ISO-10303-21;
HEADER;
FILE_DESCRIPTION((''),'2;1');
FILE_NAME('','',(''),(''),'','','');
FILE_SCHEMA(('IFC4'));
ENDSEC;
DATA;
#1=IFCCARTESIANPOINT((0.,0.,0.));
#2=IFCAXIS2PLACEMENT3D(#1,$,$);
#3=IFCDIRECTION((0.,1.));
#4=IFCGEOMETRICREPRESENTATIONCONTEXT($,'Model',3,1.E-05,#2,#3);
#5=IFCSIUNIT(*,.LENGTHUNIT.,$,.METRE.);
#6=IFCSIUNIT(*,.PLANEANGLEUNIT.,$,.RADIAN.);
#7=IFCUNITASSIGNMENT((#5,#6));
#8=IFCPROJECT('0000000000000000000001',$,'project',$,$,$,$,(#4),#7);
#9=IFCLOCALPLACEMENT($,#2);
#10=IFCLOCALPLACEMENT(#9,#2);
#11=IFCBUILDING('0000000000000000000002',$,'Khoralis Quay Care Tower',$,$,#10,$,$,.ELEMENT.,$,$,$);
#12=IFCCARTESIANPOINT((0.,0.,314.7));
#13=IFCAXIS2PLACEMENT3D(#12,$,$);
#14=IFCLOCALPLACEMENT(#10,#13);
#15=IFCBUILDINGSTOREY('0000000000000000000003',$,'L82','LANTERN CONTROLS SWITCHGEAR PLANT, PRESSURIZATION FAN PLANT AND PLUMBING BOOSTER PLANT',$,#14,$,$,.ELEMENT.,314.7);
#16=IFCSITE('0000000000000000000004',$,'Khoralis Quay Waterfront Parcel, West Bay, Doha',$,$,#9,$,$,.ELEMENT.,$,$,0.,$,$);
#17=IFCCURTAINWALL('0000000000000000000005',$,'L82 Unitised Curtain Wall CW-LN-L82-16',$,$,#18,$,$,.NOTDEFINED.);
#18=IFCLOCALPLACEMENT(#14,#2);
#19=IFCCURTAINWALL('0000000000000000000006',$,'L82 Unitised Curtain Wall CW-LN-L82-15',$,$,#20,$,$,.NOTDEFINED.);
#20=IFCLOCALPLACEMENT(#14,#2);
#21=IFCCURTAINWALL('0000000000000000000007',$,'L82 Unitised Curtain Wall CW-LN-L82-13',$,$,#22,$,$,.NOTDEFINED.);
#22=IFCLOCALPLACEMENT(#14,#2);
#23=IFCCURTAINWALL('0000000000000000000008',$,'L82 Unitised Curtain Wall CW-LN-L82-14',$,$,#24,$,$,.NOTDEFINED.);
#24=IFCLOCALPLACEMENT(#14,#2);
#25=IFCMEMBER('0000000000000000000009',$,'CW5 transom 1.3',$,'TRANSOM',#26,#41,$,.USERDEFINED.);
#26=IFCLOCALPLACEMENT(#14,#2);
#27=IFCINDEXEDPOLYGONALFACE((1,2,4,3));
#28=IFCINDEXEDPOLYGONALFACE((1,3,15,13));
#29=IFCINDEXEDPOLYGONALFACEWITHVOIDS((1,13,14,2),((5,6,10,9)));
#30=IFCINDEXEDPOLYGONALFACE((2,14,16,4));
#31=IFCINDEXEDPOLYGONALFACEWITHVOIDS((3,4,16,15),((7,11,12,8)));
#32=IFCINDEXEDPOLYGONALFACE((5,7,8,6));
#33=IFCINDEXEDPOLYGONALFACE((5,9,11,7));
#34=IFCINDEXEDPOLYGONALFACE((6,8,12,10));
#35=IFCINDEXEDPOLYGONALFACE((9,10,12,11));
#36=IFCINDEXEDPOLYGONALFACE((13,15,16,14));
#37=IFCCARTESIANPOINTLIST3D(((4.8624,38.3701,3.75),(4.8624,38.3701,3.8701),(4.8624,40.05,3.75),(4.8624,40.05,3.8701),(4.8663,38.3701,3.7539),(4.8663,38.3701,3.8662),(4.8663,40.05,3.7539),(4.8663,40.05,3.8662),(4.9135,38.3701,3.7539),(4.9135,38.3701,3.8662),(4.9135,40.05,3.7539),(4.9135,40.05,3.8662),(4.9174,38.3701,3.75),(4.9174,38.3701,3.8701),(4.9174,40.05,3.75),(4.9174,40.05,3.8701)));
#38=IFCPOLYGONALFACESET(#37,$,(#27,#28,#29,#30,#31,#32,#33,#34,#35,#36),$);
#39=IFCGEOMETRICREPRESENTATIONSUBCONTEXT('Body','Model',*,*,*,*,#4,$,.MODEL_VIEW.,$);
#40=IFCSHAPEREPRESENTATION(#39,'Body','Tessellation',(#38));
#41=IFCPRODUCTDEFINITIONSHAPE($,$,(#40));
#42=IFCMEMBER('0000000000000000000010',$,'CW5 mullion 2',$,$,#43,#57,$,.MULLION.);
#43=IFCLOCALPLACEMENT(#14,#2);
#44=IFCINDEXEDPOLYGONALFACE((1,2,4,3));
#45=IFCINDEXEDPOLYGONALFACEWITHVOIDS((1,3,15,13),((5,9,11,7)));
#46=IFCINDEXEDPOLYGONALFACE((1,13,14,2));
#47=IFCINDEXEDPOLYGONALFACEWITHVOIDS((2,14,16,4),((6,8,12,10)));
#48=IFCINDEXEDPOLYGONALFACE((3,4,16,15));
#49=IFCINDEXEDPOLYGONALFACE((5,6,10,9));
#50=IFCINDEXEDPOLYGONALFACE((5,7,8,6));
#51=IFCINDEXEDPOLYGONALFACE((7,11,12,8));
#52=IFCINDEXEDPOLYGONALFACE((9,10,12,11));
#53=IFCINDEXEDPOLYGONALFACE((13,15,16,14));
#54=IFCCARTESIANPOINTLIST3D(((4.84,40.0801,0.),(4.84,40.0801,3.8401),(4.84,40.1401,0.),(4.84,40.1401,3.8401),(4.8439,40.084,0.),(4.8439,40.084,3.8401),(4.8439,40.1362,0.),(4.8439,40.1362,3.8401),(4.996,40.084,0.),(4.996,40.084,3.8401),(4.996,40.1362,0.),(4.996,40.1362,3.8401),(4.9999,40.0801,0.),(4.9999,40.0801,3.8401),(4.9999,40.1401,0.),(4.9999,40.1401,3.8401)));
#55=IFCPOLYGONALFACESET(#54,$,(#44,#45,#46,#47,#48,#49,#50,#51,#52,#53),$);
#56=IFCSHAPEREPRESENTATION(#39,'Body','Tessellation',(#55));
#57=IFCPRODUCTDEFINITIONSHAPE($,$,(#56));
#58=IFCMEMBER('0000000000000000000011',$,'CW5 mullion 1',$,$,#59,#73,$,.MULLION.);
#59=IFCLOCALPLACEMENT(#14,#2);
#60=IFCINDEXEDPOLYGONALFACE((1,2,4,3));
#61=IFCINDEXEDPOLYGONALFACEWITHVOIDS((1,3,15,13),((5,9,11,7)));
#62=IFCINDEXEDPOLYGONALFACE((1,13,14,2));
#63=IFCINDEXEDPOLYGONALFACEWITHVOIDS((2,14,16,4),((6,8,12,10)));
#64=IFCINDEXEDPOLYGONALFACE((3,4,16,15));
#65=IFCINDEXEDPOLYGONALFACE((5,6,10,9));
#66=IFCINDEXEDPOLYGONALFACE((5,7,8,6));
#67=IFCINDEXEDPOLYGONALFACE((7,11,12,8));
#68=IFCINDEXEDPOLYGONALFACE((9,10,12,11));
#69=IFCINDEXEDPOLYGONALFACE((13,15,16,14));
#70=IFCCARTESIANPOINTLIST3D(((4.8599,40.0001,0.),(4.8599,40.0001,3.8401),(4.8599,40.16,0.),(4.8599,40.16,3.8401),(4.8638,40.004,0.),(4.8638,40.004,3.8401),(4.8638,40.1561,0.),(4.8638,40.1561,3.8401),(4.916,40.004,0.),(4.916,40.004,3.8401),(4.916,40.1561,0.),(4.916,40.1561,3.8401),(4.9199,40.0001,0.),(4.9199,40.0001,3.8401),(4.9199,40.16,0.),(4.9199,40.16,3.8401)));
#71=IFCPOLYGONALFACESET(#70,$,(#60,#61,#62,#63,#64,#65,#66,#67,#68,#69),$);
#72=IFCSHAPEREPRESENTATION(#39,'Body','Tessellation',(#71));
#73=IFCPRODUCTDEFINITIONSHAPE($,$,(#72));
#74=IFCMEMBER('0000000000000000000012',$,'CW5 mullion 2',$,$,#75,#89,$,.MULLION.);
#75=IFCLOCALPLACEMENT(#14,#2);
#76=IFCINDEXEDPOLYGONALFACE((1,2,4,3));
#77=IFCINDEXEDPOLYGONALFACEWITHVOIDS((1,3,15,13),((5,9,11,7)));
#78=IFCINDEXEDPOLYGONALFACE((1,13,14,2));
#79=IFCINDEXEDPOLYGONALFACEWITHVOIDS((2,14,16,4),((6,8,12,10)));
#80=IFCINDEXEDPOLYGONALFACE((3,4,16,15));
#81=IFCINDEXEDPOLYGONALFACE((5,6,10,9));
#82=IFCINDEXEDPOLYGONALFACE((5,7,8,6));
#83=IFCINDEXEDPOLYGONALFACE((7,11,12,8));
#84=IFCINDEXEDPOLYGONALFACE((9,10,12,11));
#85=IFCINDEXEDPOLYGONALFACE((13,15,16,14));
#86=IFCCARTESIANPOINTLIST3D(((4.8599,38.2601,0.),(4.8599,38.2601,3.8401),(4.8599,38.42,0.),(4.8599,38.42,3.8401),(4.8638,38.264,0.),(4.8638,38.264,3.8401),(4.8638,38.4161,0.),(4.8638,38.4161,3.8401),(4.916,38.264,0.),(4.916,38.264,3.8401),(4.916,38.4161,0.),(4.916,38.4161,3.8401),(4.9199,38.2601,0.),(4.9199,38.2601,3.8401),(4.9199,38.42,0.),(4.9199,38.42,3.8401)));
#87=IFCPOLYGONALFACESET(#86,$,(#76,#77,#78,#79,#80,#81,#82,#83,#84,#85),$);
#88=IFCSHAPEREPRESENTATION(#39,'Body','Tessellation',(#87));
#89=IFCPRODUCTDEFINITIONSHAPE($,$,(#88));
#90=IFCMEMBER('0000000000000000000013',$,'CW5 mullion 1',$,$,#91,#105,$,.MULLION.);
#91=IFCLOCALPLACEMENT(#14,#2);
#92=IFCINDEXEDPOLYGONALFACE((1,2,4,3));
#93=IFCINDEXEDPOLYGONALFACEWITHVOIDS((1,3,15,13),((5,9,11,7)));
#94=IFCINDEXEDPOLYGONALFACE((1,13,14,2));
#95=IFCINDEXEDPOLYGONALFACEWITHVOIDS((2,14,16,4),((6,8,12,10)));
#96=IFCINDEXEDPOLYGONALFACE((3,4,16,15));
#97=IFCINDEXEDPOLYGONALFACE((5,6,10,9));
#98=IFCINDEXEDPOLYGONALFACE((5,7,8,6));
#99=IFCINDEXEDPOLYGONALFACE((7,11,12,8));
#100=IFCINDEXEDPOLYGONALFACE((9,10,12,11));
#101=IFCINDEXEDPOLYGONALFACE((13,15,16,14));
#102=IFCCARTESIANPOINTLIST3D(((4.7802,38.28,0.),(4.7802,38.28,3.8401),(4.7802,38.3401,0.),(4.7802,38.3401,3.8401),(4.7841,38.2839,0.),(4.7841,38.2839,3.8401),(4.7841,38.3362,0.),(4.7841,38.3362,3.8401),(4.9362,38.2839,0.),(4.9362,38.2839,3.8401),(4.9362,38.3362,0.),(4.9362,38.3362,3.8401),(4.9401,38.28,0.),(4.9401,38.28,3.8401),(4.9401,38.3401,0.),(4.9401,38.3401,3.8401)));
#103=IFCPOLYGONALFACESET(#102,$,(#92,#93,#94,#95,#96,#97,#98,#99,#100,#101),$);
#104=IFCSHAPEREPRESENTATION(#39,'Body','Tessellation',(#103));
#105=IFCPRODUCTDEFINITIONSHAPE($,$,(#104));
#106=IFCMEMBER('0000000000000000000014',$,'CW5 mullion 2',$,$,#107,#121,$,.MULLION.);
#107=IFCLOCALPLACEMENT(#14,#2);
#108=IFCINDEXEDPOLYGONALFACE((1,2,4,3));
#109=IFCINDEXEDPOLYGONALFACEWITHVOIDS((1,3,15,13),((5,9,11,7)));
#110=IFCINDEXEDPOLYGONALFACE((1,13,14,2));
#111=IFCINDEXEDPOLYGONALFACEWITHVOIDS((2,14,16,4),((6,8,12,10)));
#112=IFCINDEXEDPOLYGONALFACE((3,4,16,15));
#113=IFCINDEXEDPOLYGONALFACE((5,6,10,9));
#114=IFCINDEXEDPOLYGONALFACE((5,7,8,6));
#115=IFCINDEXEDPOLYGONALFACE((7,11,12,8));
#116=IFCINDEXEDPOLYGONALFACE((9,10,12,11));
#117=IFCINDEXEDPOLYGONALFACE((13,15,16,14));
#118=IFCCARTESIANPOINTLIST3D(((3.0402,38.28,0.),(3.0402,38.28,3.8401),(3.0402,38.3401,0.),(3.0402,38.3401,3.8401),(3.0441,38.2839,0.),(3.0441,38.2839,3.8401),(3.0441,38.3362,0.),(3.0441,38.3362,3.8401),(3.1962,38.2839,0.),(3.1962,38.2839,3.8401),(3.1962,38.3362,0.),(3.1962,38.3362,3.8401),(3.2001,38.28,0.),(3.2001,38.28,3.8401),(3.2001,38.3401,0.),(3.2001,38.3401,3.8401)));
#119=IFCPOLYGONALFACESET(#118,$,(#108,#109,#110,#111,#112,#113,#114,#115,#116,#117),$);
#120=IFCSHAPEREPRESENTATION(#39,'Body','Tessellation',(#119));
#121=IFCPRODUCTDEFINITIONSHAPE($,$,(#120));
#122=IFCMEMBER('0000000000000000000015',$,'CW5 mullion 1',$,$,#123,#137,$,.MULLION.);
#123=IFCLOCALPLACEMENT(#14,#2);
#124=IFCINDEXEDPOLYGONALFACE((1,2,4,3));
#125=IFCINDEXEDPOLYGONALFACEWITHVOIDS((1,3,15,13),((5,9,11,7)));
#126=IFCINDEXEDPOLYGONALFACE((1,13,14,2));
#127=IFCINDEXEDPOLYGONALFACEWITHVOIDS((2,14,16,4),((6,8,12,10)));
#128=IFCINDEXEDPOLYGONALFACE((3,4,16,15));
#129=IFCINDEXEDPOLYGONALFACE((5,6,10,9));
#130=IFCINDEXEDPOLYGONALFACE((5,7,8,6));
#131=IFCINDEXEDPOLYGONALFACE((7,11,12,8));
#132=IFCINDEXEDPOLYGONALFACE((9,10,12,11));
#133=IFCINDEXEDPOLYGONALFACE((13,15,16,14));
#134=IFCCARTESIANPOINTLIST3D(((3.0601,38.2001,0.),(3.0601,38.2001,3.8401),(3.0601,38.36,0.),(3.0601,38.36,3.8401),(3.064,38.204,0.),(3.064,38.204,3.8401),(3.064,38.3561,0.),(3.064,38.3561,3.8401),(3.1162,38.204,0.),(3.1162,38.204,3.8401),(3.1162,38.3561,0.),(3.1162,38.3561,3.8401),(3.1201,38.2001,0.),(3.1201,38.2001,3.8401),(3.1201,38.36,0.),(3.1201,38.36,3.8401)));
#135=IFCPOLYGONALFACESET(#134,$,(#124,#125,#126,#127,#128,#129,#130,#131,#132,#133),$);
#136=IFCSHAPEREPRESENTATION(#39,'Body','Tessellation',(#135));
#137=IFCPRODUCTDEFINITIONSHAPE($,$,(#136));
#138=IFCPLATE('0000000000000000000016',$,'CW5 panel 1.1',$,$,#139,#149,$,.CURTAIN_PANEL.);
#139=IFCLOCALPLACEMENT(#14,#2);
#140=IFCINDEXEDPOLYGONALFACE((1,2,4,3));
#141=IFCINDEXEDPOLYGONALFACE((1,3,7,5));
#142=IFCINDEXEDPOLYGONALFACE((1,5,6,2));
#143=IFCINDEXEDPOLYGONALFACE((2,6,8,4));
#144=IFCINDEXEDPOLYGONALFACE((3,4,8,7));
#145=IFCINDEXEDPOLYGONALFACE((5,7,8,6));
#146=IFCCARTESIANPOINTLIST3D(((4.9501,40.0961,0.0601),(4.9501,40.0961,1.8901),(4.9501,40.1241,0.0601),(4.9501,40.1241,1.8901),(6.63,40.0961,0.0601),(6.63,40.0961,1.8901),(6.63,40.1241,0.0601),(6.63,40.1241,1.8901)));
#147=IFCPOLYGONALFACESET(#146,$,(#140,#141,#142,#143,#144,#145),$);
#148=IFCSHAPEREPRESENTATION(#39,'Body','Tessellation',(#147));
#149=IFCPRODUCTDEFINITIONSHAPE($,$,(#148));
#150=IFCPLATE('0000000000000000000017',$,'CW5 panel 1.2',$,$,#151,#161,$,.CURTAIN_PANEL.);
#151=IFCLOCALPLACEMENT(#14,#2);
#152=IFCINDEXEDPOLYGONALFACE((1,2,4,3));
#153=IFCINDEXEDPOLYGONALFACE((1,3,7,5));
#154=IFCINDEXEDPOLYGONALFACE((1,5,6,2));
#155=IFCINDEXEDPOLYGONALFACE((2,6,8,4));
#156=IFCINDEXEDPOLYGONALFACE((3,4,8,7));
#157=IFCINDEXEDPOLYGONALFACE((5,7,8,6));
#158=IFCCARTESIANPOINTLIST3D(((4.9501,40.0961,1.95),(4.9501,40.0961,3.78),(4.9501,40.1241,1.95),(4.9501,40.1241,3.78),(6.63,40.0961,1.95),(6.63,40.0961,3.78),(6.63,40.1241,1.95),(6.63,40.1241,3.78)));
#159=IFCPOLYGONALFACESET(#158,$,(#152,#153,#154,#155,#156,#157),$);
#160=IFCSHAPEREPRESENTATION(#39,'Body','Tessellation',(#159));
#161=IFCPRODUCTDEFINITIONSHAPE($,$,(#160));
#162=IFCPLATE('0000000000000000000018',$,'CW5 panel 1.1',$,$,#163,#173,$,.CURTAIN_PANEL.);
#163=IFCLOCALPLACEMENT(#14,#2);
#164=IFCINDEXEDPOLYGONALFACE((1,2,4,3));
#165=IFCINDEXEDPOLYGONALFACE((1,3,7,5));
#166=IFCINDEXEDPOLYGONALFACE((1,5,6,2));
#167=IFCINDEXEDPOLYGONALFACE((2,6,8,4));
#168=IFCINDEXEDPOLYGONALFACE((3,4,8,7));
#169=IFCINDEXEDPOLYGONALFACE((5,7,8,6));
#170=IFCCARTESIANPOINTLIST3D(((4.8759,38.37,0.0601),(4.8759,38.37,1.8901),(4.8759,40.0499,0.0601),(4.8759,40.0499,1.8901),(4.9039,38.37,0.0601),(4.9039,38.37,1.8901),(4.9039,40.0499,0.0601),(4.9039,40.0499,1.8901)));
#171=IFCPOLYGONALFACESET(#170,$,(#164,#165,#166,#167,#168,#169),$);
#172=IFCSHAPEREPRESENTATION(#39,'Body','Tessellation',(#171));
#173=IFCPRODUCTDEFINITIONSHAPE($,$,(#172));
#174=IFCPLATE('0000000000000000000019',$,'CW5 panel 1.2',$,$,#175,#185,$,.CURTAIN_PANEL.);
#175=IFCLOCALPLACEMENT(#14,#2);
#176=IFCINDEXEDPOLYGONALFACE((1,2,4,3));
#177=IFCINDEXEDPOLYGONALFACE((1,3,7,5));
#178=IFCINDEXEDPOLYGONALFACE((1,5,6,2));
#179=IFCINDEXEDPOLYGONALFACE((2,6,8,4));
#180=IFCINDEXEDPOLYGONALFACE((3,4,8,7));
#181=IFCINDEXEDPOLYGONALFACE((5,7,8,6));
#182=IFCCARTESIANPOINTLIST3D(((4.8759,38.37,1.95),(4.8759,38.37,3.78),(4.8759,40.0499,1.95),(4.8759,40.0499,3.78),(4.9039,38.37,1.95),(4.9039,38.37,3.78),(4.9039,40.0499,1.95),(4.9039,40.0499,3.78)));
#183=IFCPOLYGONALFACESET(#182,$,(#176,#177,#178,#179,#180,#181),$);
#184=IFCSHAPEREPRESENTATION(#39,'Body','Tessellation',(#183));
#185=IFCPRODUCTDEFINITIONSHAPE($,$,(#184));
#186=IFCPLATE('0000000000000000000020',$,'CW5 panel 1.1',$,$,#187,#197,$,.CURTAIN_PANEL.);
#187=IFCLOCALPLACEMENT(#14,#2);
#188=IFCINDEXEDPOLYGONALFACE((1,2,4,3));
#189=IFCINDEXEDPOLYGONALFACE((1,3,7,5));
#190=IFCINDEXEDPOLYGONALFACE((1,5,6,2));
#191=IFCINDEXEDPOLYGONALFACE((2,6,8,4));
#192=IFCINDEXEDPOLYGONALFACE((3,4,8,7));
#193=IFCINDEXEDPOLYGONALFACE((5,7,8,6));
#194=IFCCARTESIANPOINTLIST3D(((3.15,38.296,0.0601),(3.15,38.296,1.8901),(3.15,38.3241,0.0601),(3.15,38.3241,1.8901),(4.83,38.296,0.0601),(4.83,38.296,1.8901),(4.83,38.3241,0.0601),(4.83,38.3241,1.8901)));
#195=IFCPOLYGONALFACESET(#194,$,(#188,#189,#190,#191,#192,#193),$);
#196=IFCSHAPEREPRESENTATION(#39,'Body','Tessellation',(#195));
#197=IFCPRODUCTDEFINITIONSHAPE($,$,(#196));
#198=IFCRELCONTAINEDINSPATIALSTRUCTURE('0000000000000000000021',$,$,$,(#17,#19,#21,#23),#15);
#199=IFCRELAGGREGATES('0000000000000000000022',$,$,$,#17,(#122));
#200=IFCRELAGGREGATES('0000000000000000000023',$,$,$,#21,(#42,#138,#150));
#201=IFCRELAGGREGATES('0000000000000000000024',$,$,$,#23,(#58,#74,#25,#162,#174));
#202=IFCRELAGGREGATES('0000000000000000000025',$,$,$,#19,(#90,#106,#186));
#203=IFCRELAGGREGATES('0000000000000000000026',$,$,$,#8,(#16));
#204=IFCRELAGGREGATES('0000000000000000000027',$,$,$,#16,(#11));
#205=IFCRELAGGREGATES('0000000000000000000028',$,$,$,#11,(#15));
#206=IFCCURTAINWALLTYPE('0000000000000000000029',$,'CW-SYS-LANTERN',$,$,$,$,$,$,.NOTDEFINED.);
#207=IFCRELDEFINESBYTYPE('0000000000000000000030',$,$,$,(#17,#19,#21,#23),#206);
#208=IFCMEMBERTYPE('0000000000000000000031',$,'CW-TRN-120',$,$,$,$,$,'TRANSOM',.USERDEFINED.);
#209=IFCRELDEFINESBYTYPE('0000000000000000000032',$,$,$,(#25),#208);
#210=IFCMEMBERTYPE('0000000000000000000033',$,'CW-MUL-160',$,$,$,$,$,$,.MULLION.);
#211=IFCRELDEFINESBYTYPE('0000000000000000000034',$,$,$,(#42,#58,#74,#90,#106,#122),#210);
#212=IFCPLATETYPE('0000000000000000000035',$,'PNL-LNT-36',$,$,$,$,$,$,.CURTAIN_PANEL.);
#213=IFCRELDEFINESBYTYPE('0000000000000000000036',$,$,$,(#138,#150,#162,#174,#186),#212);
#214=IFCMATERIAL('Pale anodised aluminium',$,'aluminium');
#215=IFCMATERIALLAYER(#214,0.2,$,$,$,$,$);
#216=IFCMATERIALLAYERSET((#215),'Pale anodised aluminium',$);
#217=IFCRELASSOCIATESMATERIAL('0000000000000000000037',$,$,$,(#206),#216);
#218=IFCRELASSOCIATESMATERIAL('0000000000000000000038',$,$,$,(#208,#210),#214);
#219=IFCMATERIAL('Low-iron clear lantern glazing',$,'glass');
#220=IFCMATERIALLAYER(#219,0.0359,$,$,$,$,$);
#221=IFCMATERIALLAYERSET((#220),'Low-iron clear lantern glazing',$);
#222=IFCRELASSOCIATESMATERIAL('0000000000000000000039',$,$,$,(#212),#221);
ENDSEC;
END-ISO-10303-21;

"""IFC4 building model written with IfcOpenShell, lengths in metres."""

from ifc_helpers import new_model, si_unit, direction, frame, origin, origin_2d, place, context, subcontext, project, spatial, rectangle, hollow_rectangle, extrude, source, transform, mapped, material, layer, layer_set, material_profile, profile_set, type_object, element, aggregate, save


model = new_model("IFC4")

# Units and contexts
model_context = context("Model", 3, precision=1e-05, world=origin(), true_north=direction((0.0, 1.0)))
body_context = subcontext(model_context, "Body", "Model", "MODEL_VIEW")
ifc_project = project(units=[si_unit("LENGTHUNIT", "METRE"), si_unit("PLANEANGLEUNIT", "RADIAN")], contexts=[model_context])

# Site, building, storey
site_placement = place(None, origin())
site = spatial("IfcSite", under=ifc_project, at=site_placement, Name="Khoralis Quay Waterfront Parcel, West Bay, Doha", CompositionType="ELEMENT", RefElevation=0.0)
building_placement = place(site_placement, origin())
building = spatial("IfcBuilding", under=site, at=building_placement, Name="Khoralis Quay Care Tower", CompositionType="ELEMENT")
storey_placement = place(building_placement, frame((0.0, 0.0, 314.7)))
storey = spatial("IfcBuildingStorey", under=building, at=storey_placement, Name="L82", Description="LANTERN CONTROLS SWITCHGEAR PLANT, PRESSURIZATION FAN PLANT AND PLUMBING BOOSTER PLANT", CompositionType="ELEMENT", Elevation=314.7)

# Curtain wall
ifc_material_1 = material(Name="Pale anodised aluminium", Category="aluminium")
ifc_layer_1 = layer(ifc_material_1, 0.2)
ifc_layer_set_1 = layer_set([ifc_layer_1], Name="Pale anodised aluminium")
curtain_wall_type = type_object("IfcCurtainWallType", Name="CW-SYS-LANTERN", PredefinedType="NOTDEFINED", material=ifc_layer_set_1)
curtain_wall_1_placement = place(storey_placement, origin())
curtain_wall_1 = element("IfcCurtainWall", 1, at=curtain_wall_1_placement, inside=storey, type_object=curtain_wall_type, Name="L82 Unitised Curtain Wall CW-LN-L82-16", PredefinedType="NOTDEFINED")
ifc_material_profile_1 = material_profile(ifc_material_1, hollow_rectangle(XDim=0.0549, YDim=0.1201, WallThickness=0.0039, at=origin_2d()), Name="Pale anodised aluminium")
ifc_profile_set_1 = profile_set([ifc_material_profile_1], Name="Pale anodised aluminium")
member_type_1 = type_object("IfcMemberType", Name="CW-TRN-120", ElementType="TRANSOM", PredefinedType="USERDEFINED", material=ifc_profile_set_1)

# Curtain walls, member
curtain_wall_2_placement = place(storey_placement, origin())
curtain_wall_2 = element("IfcCurtainWall", 2, at=curtain_wall_2_placement, inside=storey, type_object=curtain_wall_type, Name="L82 Unitised Curtain Wall CW-LN-L82-15", PredefinedType="NOTDEFINED")
curtain_wall_3_placement = place(storey_placement, origin())
curtain_wall_3 = element("IfcCurtainWall", 3, at=curtain_wall_3_placement, inside=storey, type_object=curtain_wall_type, Name="L82 Unitised Curtain Wall CW-LN-L82-13", PredefinedType="NOTDEFINED")
shared_shape_1 = source(origin(), body_context, "Body", "SweptSolid", [
    extrude(hollow_rectangle(XDim=0.0549, YDim=0.1201, WallThickness=0.0039, at=origin_2d()), origin(), (0.0, 0.0, 1.0), 1.6799),
])
curtain_wall_4_placement = place(storey_placement, origin())
curtain_wall_4 = element("IfcCurtainWall", 4, at=curtain_wall_4_placement, inside=storey, type_object=curtain_wall_type, Name="L82 Unitised Curtain Wall CW-LN-L82-14", PredefinedType="NOTDEFINED")
member_1_placement = place(storey_placement, frame((4.8899, 40.05, 3.8101), z_axis=(0.0, -1.0, 0.0), x_axis=(1.0, 0.0, 0.0)))
member_1 = element("IfcMember", 5, at=member_1_placement, type_object=member_type_1, Name="CW5 transom 1.3", ObjectType="TRANSOM", PredefinedType="USERDEFINED", context=body_context, shape_type="MappedRepresentation", body=[
    mapped(shared_shape_1, transform((0.0, 0.0, 0.0), scale=1.0)),
])

# Members
ifc_material_profile_2 = material_profile(ifc_material_1, hollow_rectangle(XDim=0.0601, YDim=0.1599, WallThickness=0.0039, at=origin_2d()), Name="Pale anodised aluminium")
ifc_profile_set_2 = profile_set([ifc_material_profile_2], Name="Pale anodised aluminium")
member_type_2 = type_object("IfcMemberType", Name="CW-MUL-160", PredefinedType="MULLION", material=ifc_profile_set_2)
shared_shape_2 = source(origin(), body_context, "Body", "SweptSolid", [
    extrude(hollow_rectangle(XDim=0.0601, YDim=0.1599, WallThickness=0.0039, at=origin_2d()), origin(), (0.0, 0.0, 1.0), 3.8401),
])
member_2_placement = place(storey_placement, frame((4.9199, 40.1101, 0.0), z_axis=(0.0, 0.0, 1.0), x_axis=(0.0, -1.0, 0.0)))
member_2 = element("IfcMember", 6, at=member_2_placement, type_object=member_type_2, Name="CW5 mullion 2", PredefinedType="MULLION", context=body_context, shape_type="MappedRepresentation", body=[
    mapped(shared_shape_2, transform((0.0, 0.0, 0.0), scale=1.0)),
])
member_3_placement = place(storey_placement, frame((4.8899, 40.0801, 0.0), z_axis=(0.0, 0.0, 1.0), x_axis=(1.0, 0.0, 0.0)))
member_3 = element("IfcMember", 7, at=member_3_placement, type_object=member_type_2, Name="CW5 mullion 1", PredefinedType="MULLION", context=body_context, shape_type="MappedRepresentation", body=[
    mapped(shared_shape_2, transform((0.0, 0.0, 0.0), scale=1.0)),
])
member_4_placement = place(storey_placement, frame((4.8899, 38.3401, 0.0), z_axis=(0.0, 0.0, 1.0), x_axis=(1.0, 0.0, 0.0)))
member_4 = element("IfcMember", 8, at=member_4_placement, type_object=member_type_2, Name="CW5 mullion 2", PredefinedType="MULLION", context=body_context, shape_type="MappedRepresentation", body=[
    mapped(shared_shape_2, transform((0.0, 0.0, 0.0), scale=1.0)),
])
member_5_placement = place(storey_placement, frame((4.8601, 38.3101, 0.0), z_axis=(0.0, 0.0, 1.0), x_axis=(0.0, -1.0, 0.0)))
member_5 = element("IfcMember", 9, at=member_5_placement, type_object=member_type_2, Name="CW5 mullion 1", PredefinedType="MULLION", context=body_context, shape_type="MappedRepresentation", body=[
    mapped(shared_shape_2, transform((0.0, 0.0, 0.0), scale=1.0)),
])
member_6_placement = place(storey_placement, frame((3.1201, 38.3101, 0.0), z_axis=(0.0, 0.0, 1.0), x_axis=(0.0, -1.0, 0.0)))
member_6 = element("IfcMember", 10, at=member_6_placement, type_object=member_type_2, Name="CW5 mullion 2", PredefinedType="MULLION", context=body_context, shape_type="MappedRepresentation", body=[
    mapped(shared_shape_2, transform((0.0, 0.0, 0.0), scale=1.0)),
])
member_7_placement = place(storey_placement, frame((3.0901, 38.28, 0.0), z_axis=(0.0, 0.0, 1.0), x_axis=(1.0, 0.0, 0.0)))
member_7 = element("IfcMember", 11, at=member_7_placement, type_object=member_type_2, Name="CW5 mullion 1", PredefinedType="MULLION", context=body_context, shape_type="MappedRepresentation", body=[
    mapped(shared_shape_2, transform((0.0, 0.0, 0.0), scale=1.0)),
])
aggregate(curtain_wall_1, [member_7])

# Plates
ifc_material_2 = material(Name="Low-iron clear lantern glazing", Category="glass")
ifc_layer_2 = layer(ifc_material_2, 0.0359)
ifc_layer_set_2 = layer_set([ifc_layer_2], Name="Low-iron clear lantern glazing")
plate_type = type_object("IfcPlateType", Name="PNL-LNT-36", PredefinedType="CURTAIN_PANEL", material=ifc_layer_set_2)
shared_shape_3 = source(origin(), body_context, "Body", "SweptSolid", [
    extrude(rectangle(XDim=1.6799, YDim=0.0281, at=origin_2d()), origin(), (0.0, 0.0, 1.0), 1.8301),
])
plate_1_placement = place(storey_placement, frame((5.79, 40.1101, 0.0601), z_axis=(0.0, 0.0, 1.0), x_axis=(-1.0, 0.0, 0.0)))
plate_1 = element("IfcPlate", 12, at=plate_1_placement, type_object=plate_type, Name="CW5 panel 1.1", PredefinedType="CURTAIN_PANEL", context=body_context, shape_type="MappedRepresentation", body=[
    mapped(shared_shape_3, transform((0.0, 0.0, 0.0), scale=1.0)),
])
plate_2_placement = place(storey_placement, frame((5.79, 40.1101, 1.95), z_axis=(0.0, 0.0, 1.0), x_axis=(-1.0, 0.0, 0.0)))
plate_2 = element("IfcPlate", 13, at=plate_2_placement, type_object=plate_type, Name="CW5 panel 1.2", PredefinedType="CURTAIN_PANEL", context=body_context, shape_type="MappedRepresentation", body=[
    mapped(shared_shape_3, transform((0.0, 0.0, 0.0), scale=1.0)),
])
aggregate(curtain_wall_3, [member_2, plate_1, plate_2])
plate_3_placement = place(storey_placement, frame((4.8899, 39.21, 0.0601), z_axis=(0.0, 0.0, 1.0), x_axis=(0.0, -1.0, 0.0)))
plate_3 = element("IfcPlate", 14, at=plate_3_placement, type_object=plate_type, Name="CW5 panel 1.1", PredefinedType="CURTAIN_PANEL", context=body_context, shape_type="MappedRepresentation", body=[
    mapped(shared_shape_3, transform((0.0, 0.0, 0.0), scale=1.0)),
])
plate_4_placement = place(storey_placement, frame((4.8899, 39.21, 1.95), z_axis=(0.0, 0.0, 1.0), x_axis=(0.0, -1.0, 0.0)))
plate_4 = element("IfcPlate", 15, at=plate_4_placement, type_object=plate_type, Name="CW5 panel 1.2", PredefinedType="CURTAIN_PANEL", context=body_context, shape_type="MappedRepresentation", body=[
    mapped(shared_shape_3, transform((0.0, 0.0, 0.0), scale=1.0)),
])
aggregate(curtain_wall_4, [member_3, member_4, member_1, plate_3, plate_4])
plate_5_placement = place(storey_placement, frame((3.99, 38.3101, 0.0601), z_axis=(0.0, 0.0, 1.0), x_axis=(-1.0, 0.0, 0.0)))
plate_5 = element("IfcPlate", 16, at=plate_5_placement, type_object=plate_type, Name="CW5 panel 1.1", PredefinedType="CURTAIN_PANEL", context=body_context, shape_type="MappedRepresentation", body=[
    mapped(shared_shape_3, transform((0.0, 0.0, 0.0), scale=1.0)),
])
aggregate(curtain_wall_2, [member_5, member_6, plate_5])

save(model, "model.ifc")
